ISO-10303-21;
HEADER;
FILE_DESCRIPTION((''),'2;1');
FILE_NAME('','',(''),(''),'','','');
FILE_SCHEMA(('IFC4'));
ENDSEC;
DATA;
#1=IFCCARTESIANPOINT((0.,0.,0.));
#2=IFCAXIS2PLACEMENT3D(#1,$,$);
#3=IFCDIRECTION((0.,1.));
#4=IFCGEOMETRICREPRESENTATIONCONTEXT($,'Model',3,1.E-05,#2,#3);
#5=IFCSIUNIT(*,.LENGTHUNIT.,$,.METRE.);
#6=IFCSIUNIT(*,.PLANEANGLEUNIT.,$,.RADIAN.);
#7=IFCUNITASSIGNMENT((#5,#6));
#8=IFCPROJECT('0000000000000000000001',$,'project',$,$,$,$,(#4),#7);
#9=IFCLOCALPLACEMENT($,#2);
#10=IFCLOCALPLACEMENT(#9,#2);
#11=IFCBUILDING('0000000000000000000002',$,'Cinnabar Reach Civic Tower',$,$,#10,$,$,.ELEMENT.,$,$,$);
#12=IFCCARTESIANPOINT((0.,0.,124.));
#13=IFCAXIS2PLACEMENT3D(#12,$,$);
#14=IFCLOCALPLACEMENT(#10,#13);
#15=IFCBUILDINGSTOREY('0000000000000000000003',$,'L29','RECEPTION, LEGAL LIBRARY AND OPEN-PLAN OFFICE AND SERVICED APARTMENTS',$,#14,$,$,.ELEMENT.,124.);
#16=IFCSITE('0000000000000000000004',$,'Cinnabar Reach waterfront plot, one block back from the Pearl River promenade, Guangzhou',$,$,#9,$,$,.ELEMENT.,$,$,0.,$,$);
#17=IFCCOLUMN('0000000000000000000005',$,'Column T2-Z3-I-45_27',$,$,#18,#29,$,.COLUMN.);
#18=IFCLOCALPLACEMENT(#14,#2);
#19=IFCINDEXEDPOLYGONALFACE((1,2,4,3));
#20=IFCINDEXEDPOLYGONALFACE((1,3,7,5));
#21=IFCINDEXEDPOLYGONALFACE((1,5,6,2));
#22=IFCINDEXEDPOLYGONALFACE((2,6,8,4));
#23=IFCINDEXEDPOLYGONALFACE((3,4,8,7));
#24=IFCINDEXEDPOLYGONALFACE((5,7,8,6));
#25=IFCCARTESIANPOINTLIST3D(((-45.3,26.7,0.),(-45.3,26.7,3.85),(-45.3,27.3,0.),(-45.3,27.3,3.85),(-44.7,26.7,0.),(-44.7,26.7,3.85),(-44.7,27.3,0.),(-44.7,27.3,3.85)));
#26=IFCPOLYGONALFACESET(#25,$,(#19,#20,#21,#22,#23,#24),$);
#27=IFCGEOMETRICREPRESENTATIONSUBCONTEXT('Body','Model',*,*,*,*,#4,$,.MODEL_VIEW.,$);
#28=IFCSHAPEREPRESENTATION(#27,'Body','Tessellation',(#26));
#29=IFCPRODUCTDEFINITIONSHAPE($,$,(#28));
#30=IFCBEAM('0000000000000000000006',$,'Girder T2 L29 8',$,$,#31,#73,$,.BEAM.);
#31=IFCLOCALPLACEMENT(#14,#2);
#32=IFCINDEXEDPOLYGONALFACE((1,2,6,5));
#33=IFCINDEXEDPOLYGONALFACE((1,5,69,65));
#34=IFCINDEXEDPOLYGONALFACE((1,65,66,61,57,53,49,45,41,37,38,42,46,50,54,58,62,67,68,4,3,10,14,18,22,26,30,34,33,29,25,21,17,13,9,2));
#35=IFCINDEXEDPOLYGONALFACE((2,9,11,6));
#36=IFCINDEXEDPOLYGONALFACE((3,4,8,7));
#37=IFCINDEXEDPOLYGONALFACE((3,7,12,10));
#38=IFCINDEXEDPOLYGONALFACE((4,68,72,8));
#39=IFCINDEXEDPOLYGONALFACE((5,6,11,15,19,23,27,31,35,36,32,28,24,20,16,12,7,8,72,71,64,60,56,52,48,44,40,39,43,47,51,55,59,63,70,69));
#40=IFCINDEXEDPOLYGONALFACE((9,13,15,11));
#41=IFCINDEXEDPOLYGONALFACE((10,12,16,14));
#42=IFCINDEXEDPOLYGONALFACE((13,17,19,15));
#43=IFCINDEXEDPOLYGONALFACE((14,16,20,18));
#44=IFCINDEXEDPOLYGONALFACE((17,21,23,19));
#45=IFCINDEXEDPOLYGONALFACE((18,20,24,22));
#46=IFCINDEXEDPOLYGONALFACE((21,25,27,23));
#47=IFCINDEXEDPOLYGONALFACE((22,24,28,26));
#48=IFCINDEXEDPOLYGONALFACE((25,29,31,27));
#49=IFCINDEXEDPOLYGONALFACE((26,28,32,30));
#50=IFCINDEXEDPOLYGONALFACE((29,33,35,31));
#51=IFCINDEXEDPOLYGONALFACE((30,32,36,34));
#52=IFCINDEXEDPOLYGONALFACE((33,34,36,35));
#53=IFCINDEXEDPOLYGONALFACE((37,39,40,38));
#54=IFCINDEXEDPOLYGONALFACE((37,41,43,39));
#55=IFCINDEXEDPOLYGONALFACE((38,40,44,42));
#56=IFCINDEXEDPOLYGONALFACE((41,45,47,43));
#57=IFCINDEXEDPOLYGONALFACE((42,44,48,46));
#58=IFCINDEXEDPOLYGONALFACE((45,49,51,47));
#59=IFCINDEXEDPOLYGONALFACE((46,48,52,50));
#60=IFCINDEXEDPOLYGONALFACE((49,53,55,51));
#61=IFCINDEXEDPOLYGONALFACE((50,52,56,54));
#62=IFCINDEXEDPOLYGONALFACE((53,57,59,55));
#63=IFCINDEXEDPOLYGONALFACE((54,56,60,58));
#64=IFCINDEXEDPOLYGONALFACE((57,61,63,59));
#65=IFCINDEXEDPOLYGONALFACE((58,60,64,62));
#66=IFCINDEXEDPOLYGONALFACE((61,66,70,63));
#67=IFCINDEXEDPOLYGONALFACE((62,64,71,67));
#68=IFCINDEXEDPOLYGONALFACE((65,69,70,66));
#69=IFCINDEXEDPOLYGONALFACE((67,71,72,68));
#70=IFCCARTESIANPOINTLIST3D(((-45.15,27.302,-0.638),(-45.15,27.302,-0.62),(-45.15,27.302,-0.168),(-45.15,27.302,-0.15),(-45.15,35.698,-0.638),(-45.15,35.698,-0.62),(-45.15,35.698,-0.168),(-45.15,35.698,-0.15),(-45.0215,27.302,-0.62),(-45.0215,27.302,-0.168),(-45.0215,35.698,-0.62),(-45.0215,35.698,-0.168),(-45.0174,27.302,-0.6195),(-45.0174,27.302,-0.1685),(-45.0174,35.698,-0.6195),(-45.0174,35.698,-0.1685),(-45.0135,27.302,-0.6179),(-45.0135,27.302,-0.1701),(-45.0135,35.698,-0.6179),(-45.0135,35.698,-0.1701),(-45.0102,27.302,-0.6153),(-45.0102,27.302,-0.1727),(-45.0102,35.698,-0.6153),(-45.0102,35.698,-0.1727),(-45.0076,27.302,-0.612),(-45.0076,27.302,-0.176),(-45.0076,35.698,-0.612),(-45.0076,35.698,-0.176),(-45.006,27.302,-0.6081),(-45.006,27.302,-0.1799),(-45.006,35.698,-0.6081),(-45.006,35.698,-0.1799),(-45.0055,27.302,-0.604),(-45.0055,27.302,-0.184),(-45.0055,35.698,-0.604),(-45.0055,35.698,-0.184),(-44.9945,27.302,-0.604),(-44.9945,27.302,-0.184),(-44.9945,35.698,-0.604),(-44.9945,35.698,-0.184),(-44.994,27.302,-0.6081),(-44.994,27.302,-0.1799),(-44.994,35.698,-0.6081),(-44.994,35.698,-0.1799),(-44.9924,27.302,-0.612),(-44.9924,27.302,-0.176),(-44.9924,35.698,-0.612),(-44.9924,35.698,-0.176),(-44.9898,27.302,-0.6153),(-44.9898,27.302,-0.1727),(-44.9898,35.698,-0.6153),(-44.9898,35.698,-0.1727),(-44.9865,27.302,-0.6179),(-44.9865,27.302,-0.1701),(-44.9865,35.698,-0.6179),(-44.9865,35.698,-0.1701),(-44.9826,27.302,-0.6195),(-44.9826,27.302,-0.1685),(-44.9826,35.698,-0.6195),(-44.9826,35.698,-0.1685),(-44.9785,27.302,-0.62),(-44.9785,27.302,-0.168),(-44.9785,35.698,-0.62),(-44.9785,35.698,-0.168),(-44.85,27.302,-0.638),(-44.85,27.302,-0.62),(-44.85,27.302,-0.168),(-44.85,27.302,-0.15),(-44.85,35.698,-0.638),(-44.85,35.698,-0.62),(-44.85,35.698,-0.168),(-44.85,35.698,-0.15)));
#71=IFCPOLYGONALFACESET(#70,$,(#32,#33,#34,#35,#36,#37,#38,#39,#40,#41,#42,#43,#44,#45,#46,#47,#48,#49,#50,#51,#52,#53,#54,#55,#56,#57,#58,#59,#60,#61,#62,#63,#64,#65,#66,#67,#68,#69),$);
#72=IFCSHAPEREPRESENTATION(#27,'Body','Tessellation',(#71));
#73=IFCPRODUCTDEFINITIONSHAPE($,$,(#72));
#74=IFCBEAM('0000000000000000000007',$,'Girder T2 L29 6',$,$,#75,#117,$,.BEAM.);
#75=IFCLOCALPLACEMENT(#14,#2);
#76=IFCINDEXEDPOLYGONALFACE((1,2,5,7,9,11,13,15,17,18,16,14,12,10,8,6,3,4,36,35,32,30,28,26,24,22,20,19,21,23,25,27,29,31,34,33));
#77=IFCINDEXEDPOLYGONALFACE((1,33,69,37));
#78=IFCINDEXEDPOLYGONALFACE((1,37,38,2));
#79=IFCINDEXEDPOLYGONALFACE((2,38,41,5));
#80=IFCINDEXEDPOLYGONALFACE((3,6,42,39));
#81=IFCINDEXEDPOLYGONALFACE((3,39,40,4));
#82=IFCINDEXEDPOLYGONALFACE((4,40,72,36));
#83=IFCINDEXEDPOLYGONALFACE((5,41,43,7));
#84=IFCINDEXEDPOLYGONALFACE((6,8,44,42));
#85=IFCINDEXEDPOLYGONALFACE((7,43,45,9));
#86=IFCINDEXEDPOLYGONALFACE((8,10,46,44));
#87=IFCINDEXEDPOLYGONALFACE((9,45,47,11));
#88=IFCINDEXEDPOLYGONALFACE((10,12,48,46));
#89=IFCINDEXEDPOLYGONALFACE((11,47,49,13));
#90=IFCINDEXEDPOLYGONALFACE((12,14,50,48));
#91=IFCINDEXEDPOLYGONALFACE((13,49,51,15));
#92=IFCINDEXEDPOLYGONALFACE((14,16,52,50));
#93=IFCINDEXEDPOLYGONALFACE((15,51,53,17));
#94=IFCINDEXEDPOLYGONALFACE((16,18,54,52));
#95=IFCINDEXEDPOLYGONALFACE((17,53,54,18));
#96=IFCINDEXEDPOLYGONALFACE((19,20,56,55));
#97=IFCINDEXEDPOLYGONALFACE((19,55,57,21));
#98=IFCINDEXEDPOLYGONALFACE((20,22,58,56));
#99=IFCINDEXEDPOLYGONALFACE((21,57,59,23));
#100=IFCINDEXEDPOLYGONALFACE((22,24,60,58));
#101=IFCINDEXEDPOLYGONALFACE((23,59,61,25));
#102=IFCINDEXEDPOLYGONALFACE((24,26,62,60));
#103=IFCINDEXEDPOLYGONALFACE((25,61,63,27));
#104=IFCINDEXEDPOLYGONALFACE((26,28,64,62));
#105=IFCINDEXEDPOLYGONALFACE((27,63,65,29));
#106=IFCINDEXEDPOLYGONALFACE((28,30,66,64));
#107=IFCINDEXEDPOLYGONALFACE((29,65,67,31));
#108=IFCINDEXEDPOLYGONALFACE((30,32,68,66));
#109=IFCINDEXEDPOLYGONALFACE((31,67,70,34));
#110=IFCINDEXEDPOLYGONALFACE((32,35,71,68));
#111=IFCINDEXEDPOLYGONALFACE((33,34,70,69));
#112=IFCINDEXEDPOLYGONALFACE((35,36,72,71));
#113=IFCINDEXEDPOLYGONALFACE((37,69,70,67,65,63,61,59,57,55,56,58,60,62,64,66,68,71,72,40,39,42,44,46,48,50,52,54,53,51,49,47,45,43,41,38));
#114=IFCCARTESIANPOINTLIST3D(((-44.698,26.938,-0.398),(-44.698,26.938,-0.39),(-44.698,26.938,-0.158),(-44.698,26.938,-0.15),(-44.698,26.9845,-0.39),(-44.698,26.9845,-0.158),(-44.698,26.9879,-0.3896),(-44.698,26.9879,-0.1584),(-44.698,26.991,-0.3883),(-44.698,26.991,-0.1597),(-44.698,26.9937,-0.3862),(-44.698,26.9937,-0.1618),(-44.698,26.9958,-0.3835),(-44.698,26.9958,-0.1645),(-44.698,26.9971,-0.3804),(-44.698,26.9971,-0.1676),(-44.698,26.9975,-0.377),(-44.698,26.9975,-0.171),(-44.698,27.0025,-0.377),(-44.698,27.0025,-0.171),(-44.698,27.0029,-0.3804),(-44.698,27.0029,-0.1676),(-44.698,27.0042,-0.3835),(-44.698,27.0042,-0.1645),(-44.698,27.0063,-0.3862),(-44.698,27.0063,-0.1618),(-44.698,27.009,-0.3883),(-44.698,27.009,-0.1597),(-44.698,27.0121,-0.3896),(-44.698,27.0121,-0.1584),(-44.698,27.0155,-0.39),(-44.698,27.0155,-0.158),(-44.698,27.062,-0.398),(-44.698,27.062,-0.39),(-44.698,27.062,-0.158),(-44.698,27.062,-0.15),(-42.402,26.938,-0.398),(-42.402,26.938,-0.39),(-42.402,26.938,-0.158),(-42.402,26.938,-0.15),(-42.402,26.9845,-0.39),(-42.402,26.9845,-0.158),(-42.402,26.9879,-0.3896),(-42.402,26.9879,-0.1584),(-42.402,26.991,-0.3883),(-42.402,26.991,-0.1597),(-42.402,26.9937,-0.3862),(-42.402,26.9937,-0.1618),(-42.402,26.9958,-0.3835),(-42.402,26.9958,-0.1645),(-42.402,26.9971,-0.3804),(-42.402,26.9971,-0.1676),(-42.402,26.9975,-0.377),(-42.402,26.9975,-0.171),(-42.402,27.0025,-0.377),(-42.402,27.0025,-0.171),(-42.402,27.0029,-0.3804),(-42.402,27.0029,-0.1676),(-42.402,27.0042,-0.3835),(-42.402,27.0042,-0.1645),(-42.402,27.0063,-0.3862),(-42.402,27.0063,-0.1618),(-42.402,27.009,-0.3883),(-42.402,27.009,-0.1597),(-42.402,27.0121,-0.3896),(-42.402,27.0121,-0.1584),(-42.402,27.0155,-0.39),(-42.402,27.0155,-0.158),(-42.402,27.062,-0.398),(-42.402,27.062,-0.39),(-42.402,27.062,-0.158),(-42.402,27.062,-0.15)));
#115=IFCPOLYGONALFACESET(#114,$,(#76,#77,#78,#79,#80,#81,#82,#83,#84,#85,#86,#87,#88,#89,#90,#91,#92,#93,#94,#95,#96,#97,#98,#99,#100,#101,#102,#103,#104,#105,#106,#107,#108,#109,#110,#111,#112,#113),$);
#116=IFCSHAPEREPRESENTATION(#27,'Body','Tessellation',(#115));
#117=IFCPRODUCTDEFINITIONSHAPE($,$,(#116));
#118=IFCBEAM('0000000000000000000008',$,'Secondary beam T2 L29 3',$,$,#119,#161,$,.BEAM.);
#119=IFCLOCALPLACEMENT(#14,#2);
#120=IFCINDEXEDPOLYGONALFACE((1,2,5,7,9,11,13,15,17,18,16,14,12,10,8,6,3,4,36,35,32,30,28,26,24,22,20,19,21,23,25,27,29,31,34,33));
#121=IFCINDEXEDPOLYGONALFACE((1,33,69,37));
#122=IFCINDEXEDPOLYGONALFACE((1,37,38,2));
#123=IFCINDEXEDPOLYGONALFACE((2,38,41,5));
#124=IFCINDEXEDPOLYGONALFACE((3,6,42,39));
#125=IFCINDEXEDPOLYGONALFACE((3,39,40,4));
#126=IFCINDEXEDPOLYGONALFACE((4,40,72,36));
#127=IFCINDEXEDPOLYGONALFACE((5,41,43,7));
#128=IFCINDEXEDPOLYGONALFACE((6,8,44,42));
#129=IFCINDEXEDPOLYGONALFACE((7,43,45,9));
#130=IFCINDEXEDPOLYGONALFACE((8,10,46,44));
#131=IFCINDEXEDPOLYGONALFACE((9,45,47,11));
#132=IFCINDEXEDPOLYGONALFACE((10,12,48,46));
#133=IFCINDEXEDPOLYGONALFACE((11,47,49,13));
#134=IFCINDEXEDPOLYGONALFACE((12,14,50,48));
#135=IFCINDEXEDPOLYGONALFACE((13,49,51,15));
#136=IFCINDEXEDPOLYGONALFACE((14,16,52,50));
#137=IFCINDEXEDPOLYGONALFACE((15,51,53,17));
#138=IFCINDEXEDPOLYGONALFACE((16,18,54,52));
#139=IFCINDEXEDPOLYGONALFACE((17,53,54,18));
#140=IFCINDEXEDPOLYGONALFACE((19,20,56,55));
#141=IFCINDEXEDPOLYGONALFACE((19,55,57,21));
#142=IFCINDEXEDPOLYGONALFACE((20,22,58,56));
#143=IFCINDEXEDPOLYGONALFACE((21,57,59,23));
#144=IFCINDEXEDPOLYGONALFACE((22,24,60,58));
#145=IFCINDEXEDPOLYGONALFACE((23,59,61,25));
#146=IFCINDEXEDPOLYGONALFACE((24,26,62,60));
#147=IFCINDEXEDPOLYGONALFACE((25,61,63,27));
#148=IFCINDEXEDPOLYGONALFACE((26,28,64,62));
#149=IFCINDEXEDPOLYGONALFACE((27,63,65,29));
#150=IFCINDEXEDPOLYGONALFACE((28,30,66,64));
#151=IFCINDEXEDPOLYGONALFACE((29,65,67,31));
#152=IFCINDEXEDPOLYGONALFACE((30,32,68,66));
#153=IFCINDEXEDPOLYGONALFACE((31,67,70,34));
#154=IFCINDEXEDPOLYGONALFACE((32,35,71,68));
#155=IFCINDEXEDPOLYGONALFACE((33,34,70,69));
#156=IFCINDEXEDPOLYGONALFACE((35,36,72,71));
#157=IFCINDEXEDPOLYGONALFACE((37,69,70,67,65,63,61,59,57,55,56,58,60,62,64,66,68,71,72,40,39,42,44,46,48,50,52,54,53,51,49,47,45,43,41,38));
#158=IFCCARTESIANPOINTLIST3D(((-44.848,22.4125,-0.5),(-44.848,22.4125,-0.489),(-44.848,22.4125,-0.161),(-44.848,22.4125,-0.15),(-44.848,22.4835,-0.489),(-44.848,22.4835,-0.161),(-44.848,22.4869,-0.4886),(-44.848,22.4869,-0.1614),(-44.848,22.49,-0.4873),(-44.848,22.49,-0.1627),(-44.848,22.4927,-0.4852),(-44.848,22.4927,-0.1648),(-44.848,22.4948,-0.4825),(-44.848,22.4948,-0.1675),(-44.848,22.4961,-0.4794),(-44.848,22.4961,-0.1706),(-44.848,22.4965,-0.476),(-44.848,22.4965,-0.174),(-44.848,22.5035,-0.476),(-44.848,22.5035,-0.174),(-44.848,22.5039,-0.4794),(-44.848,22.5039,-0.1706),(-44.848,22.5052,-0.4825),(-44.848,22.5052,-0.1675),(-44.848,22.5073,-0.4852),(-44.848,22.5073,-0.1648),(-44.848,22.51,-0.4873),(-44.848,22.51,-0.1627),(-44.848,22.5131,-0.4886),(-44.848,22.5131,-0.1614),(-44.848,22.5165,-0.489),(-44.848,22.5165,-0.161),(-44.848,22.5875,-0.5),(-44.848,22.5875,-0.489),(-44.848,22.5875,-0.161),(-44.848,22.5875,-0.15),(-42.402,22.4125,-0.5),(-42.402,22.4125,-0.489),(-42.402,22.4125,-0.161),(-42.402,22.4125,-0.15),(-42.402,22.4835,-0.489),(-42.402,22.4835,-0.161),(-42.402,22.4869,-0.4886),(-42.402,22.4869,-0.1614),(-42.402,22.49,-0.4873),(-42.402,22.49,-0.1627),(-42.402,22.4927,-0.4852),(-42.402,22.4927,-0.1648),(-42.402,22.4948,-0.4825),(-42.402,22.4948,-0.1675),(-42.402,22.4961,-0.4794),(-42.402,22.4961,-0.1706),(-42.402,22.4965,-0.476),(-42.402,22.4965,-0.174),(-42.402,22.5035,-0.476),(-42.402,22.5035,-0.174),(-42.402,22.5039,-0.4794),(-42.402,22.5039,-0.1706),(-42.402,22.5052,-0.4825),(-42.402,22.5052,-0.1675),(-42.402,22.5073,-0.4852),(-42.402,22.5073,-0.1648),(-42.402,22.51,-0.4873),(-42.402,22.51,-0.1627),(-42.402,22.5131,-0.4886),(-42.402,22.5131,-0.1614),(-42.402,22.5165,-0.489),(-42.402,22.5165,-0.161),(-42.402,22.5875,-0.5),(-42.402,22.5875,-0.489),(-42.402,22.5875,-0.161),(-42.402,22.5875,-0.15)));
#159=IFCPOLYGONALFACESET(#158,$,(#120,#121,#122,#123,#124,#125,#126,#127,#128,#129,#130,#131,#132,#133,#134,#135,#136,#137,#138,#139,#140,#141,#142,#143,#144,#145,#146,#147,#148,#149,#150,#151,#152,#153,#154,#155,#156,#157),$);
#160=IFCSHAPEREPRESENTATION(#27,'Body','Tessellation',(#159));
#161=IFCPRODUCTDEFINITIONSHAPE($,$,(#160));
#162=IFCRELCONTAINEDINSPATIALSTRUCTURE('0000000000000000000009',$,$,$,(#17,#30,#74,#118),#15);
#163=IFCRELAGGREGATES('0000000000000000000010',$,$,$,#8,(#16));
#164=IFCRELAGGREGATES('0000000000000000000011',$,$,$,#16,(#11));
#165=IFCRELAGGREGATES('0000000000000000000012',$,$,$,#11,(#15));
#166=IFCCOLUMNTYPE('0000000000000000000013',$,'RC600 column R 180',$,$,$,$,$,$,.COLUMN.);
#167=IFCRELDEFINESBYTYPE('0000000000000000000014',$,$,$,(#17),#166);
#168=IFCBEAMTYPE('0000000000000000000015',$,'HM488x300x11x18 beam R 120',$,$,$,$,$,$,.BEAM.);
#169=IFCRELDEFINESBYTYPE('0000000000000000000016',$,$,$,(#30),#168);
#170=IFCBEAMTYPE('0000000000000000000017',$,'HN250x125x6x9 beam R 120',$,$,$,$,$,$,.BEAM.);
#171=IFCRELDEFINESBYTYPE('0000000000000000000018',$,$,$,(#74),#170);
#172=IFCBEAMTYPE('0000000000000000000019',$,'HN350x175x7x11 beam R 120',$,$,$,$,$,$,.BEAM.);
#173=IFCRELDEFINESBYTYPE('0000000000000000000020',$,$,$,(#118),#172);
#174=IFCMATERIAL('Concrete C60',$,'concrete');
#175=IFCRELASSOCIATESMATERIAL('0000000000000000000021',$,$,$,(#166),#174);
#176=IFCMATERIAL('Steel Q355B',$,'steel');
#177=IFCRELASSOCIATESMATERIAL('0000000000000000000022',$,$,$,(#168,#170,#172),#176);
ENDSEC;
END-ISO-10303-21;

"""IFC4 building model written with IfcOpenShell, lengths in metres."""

from ifc_helpers import new_model, si_unit, direction, frame, origin, origin_2d, place, context, subcontext, project, spatial, rectangle, i_section, extrude, material, material_profile, profile_set, type_object, element, save


model = new_model("IFC4")

# Units and contexts
model_context = context("Model", 3, precision=1e-05, world=origin(), true_north=direction((0.0, 1.0)))
body_context = subcontext(model_context, "Body", "Model", "MODEL_VIEW")
ifc_project = project(units=[si_unit("LENGTHUNIT", "METRE"), si_unit("PLANEANGLEUNIT", "RADIAN")], contexts=[model_context])

# Site, building, storey
site_placement = place(None, origin())
site = spatial("IfcSite", under=ifc_project, at=site_placement, Name="Cinnabar Reach waterfront plot, one block back from the Pearl River promenade, Guangzhou", CompositionType="ELEMENT", RefElevation=0.0)
building_placement = place(site_placement, origin())
building = spatial("IfcBuilding", under=site, at=building_placement, Name="Cinnabar Reach Civic Tower", CompositionType="ELEMENT")
storey_placement = place(building_placement, frame((0.0, 0.0, 124.0)))
storey = spatial("IfcBuildingStorey", under=building, at=storey_placement, Name="L29", Description="RECEPTION, LEGAL LIBRARY AND OPEN-PLAN OFFICE AND SERVICED APARTMENTS", CompositionType="ELEMENT", Elevation=124.0)

# Column
ifc_material_1 = material(Name="Concrete C60", Category="concrete")
ifc_material_profile_1 = material_profile(ifc_material_1, rectangle(XDim=0.6, YDim=0.6, at=origin_2d()), Name="RC600")
ifc_profile_set_1 = profile_set([ifc_material_profile_1], Name="Concrete C60")
column_type = type_object("IfcColumnType", Name="RC600 column R 180", PredefinedType="COLUMN", material=ifc_profile_set_1)
column_placement = place(storey_placement, frame((-45.0, 27.0, 0.0), z_axis=(0.0, 0.0, 1.0), x_axis=(1.0, 0.0, 0.0)))
element("IfcColumn", 1, at=column_placement, inside=storey, type_object=column_type, Name="Column T2-Z3-I-45_27", PredefinedType="COLUMN", context=body_context, shape_type="SweptSolid", body=[
    extrude(rectangle(XDim=0.6, YDim=0.6, at=origin_2d()), origin(), (0.0, 0.0, 1.0), 3.85),
])

# Beams
ifc_material_2 = material(Name="Steel Q355B", Category="steel")
ifc_material_profile_2 = material_profile(ifc_material_2, i_section(OverallWidth=0.3, OverallDepth=0.488, WebThickness=0.011, FlangeThickness=0.018, FilletRadius=0.016, at=origin_2d()), Name="HM488x300x11x18")
ifc_profile_set_2 = profile_set([ifc_material_profile_2], Name="Steel Q355B")
beam_type_1 = type_object("IfcBeamType", Name="HM488x300x11x18 beam R 120", PredefinedType="BEAM", material=ifc_profile_set_2)
beam_1_placement = place(storey_placement, frame((-45.0, 27.302, -0.394), z_axis=(0.0, 1.0, 0.0), x_axis=(-1.0, 0.0, 0.0)))
element("IfcBeam", 2, at=beam_1_placement, inside=storey, type_object=beam_type_1, Name="Girder T2 L29 8", PredefinedType="BEAM", context=body_context, shape_type="SweptSolid", body=[
    extrude(i_section(OverallWidth=0.3, OverallDepth=0.488, WebThickness=0.011, FlangeThickness=0.018, FilletRadius=0.016, at=origin_2d()), origin(), (0.0, 0.0, 1.0), 8.396),
])
ifc_material_profile_3 = material_profile(ifc_material_2, i_section(OverallWidth=0.124, OverallDepth=0.248, WebThickness=0.005, FlangeThickness=0.008, FilletRadius=0.013, at=origin_2d()), Name="HN250x125x6x9")
ifc_profile_set_3 = profile_set([ifc_material_profile_3], Name="Steel Q355B")
beam_type_2 = type_object("IfcBeamType", Name="HN250x125x6x9 beam R 120", PredefinedType="BEAM", material=ifc_profile_set_3)
beam_2_placement = place(storey_placement, frame((-44.698, 27.0, -0.274), z_axis=(1.0, 0.0, 0.0), x_axis=(0.0, 1.0, 0.0)))
element("IfcBeam", 3, at=beam_2_placement, inside=storey, type_object=beam_type_2, Name="Girder T2 L29 6", PredefinedType="BEAM", context=body_context, shape_type="SweptSolid", body=[
    extrude(i_section(OverallWidth=0.124, OverallDepth=0.248, WebThickness=0.005, FlangeThickness=0.008, FilletRadius=0.013, at=origin_2d()), origin(), (0.0, 0.0, 1.0), 2.296),
])
ifc_material_profile_4 = material_profile(ifc_material_2, i_section(OverallWidth=0.175, OverallDepth=0.35, WebThickness=0.007, FlangeThickness=0.011, FilletRadius=0.013, at=origin_2d()), Name="HN350x175x7x11")
ifc_profile_set_4 = profile_set([ifc_material_profile_4], Name="Steel Q355B")
beam_type_3 = type_object("IfcBeamType", Name="HN350x175x7x11 beam R 120", PredefinedType="BEAM", material=ifc_profile_set_4)
beam_3_placement = place(storey_placement, frame((-44.848, 22.5, -0.325), z_axis=(1.0, 0.0, 0.0), x_axis=(0.0, 1.0, 0.0)))
element("IfcBeam", 4, at=beam_3_placement, inside=storey, type_object=beam_type_3, Name="Secondary beam T2 L29 3", PredefinedType="BEAM", context=body_context, shape_type="SweptSolid", body=[
    extrude(i_section(OverallWidth=0.175, OverallDepth=0.35, WebThickness=0.007, FlangeThickness=0.011, FilletRadius=0.013, at=origin_2d()), origin(), (0.0, 0.0, 1.0), 2.446),
])

save(model, "model.ifc")
